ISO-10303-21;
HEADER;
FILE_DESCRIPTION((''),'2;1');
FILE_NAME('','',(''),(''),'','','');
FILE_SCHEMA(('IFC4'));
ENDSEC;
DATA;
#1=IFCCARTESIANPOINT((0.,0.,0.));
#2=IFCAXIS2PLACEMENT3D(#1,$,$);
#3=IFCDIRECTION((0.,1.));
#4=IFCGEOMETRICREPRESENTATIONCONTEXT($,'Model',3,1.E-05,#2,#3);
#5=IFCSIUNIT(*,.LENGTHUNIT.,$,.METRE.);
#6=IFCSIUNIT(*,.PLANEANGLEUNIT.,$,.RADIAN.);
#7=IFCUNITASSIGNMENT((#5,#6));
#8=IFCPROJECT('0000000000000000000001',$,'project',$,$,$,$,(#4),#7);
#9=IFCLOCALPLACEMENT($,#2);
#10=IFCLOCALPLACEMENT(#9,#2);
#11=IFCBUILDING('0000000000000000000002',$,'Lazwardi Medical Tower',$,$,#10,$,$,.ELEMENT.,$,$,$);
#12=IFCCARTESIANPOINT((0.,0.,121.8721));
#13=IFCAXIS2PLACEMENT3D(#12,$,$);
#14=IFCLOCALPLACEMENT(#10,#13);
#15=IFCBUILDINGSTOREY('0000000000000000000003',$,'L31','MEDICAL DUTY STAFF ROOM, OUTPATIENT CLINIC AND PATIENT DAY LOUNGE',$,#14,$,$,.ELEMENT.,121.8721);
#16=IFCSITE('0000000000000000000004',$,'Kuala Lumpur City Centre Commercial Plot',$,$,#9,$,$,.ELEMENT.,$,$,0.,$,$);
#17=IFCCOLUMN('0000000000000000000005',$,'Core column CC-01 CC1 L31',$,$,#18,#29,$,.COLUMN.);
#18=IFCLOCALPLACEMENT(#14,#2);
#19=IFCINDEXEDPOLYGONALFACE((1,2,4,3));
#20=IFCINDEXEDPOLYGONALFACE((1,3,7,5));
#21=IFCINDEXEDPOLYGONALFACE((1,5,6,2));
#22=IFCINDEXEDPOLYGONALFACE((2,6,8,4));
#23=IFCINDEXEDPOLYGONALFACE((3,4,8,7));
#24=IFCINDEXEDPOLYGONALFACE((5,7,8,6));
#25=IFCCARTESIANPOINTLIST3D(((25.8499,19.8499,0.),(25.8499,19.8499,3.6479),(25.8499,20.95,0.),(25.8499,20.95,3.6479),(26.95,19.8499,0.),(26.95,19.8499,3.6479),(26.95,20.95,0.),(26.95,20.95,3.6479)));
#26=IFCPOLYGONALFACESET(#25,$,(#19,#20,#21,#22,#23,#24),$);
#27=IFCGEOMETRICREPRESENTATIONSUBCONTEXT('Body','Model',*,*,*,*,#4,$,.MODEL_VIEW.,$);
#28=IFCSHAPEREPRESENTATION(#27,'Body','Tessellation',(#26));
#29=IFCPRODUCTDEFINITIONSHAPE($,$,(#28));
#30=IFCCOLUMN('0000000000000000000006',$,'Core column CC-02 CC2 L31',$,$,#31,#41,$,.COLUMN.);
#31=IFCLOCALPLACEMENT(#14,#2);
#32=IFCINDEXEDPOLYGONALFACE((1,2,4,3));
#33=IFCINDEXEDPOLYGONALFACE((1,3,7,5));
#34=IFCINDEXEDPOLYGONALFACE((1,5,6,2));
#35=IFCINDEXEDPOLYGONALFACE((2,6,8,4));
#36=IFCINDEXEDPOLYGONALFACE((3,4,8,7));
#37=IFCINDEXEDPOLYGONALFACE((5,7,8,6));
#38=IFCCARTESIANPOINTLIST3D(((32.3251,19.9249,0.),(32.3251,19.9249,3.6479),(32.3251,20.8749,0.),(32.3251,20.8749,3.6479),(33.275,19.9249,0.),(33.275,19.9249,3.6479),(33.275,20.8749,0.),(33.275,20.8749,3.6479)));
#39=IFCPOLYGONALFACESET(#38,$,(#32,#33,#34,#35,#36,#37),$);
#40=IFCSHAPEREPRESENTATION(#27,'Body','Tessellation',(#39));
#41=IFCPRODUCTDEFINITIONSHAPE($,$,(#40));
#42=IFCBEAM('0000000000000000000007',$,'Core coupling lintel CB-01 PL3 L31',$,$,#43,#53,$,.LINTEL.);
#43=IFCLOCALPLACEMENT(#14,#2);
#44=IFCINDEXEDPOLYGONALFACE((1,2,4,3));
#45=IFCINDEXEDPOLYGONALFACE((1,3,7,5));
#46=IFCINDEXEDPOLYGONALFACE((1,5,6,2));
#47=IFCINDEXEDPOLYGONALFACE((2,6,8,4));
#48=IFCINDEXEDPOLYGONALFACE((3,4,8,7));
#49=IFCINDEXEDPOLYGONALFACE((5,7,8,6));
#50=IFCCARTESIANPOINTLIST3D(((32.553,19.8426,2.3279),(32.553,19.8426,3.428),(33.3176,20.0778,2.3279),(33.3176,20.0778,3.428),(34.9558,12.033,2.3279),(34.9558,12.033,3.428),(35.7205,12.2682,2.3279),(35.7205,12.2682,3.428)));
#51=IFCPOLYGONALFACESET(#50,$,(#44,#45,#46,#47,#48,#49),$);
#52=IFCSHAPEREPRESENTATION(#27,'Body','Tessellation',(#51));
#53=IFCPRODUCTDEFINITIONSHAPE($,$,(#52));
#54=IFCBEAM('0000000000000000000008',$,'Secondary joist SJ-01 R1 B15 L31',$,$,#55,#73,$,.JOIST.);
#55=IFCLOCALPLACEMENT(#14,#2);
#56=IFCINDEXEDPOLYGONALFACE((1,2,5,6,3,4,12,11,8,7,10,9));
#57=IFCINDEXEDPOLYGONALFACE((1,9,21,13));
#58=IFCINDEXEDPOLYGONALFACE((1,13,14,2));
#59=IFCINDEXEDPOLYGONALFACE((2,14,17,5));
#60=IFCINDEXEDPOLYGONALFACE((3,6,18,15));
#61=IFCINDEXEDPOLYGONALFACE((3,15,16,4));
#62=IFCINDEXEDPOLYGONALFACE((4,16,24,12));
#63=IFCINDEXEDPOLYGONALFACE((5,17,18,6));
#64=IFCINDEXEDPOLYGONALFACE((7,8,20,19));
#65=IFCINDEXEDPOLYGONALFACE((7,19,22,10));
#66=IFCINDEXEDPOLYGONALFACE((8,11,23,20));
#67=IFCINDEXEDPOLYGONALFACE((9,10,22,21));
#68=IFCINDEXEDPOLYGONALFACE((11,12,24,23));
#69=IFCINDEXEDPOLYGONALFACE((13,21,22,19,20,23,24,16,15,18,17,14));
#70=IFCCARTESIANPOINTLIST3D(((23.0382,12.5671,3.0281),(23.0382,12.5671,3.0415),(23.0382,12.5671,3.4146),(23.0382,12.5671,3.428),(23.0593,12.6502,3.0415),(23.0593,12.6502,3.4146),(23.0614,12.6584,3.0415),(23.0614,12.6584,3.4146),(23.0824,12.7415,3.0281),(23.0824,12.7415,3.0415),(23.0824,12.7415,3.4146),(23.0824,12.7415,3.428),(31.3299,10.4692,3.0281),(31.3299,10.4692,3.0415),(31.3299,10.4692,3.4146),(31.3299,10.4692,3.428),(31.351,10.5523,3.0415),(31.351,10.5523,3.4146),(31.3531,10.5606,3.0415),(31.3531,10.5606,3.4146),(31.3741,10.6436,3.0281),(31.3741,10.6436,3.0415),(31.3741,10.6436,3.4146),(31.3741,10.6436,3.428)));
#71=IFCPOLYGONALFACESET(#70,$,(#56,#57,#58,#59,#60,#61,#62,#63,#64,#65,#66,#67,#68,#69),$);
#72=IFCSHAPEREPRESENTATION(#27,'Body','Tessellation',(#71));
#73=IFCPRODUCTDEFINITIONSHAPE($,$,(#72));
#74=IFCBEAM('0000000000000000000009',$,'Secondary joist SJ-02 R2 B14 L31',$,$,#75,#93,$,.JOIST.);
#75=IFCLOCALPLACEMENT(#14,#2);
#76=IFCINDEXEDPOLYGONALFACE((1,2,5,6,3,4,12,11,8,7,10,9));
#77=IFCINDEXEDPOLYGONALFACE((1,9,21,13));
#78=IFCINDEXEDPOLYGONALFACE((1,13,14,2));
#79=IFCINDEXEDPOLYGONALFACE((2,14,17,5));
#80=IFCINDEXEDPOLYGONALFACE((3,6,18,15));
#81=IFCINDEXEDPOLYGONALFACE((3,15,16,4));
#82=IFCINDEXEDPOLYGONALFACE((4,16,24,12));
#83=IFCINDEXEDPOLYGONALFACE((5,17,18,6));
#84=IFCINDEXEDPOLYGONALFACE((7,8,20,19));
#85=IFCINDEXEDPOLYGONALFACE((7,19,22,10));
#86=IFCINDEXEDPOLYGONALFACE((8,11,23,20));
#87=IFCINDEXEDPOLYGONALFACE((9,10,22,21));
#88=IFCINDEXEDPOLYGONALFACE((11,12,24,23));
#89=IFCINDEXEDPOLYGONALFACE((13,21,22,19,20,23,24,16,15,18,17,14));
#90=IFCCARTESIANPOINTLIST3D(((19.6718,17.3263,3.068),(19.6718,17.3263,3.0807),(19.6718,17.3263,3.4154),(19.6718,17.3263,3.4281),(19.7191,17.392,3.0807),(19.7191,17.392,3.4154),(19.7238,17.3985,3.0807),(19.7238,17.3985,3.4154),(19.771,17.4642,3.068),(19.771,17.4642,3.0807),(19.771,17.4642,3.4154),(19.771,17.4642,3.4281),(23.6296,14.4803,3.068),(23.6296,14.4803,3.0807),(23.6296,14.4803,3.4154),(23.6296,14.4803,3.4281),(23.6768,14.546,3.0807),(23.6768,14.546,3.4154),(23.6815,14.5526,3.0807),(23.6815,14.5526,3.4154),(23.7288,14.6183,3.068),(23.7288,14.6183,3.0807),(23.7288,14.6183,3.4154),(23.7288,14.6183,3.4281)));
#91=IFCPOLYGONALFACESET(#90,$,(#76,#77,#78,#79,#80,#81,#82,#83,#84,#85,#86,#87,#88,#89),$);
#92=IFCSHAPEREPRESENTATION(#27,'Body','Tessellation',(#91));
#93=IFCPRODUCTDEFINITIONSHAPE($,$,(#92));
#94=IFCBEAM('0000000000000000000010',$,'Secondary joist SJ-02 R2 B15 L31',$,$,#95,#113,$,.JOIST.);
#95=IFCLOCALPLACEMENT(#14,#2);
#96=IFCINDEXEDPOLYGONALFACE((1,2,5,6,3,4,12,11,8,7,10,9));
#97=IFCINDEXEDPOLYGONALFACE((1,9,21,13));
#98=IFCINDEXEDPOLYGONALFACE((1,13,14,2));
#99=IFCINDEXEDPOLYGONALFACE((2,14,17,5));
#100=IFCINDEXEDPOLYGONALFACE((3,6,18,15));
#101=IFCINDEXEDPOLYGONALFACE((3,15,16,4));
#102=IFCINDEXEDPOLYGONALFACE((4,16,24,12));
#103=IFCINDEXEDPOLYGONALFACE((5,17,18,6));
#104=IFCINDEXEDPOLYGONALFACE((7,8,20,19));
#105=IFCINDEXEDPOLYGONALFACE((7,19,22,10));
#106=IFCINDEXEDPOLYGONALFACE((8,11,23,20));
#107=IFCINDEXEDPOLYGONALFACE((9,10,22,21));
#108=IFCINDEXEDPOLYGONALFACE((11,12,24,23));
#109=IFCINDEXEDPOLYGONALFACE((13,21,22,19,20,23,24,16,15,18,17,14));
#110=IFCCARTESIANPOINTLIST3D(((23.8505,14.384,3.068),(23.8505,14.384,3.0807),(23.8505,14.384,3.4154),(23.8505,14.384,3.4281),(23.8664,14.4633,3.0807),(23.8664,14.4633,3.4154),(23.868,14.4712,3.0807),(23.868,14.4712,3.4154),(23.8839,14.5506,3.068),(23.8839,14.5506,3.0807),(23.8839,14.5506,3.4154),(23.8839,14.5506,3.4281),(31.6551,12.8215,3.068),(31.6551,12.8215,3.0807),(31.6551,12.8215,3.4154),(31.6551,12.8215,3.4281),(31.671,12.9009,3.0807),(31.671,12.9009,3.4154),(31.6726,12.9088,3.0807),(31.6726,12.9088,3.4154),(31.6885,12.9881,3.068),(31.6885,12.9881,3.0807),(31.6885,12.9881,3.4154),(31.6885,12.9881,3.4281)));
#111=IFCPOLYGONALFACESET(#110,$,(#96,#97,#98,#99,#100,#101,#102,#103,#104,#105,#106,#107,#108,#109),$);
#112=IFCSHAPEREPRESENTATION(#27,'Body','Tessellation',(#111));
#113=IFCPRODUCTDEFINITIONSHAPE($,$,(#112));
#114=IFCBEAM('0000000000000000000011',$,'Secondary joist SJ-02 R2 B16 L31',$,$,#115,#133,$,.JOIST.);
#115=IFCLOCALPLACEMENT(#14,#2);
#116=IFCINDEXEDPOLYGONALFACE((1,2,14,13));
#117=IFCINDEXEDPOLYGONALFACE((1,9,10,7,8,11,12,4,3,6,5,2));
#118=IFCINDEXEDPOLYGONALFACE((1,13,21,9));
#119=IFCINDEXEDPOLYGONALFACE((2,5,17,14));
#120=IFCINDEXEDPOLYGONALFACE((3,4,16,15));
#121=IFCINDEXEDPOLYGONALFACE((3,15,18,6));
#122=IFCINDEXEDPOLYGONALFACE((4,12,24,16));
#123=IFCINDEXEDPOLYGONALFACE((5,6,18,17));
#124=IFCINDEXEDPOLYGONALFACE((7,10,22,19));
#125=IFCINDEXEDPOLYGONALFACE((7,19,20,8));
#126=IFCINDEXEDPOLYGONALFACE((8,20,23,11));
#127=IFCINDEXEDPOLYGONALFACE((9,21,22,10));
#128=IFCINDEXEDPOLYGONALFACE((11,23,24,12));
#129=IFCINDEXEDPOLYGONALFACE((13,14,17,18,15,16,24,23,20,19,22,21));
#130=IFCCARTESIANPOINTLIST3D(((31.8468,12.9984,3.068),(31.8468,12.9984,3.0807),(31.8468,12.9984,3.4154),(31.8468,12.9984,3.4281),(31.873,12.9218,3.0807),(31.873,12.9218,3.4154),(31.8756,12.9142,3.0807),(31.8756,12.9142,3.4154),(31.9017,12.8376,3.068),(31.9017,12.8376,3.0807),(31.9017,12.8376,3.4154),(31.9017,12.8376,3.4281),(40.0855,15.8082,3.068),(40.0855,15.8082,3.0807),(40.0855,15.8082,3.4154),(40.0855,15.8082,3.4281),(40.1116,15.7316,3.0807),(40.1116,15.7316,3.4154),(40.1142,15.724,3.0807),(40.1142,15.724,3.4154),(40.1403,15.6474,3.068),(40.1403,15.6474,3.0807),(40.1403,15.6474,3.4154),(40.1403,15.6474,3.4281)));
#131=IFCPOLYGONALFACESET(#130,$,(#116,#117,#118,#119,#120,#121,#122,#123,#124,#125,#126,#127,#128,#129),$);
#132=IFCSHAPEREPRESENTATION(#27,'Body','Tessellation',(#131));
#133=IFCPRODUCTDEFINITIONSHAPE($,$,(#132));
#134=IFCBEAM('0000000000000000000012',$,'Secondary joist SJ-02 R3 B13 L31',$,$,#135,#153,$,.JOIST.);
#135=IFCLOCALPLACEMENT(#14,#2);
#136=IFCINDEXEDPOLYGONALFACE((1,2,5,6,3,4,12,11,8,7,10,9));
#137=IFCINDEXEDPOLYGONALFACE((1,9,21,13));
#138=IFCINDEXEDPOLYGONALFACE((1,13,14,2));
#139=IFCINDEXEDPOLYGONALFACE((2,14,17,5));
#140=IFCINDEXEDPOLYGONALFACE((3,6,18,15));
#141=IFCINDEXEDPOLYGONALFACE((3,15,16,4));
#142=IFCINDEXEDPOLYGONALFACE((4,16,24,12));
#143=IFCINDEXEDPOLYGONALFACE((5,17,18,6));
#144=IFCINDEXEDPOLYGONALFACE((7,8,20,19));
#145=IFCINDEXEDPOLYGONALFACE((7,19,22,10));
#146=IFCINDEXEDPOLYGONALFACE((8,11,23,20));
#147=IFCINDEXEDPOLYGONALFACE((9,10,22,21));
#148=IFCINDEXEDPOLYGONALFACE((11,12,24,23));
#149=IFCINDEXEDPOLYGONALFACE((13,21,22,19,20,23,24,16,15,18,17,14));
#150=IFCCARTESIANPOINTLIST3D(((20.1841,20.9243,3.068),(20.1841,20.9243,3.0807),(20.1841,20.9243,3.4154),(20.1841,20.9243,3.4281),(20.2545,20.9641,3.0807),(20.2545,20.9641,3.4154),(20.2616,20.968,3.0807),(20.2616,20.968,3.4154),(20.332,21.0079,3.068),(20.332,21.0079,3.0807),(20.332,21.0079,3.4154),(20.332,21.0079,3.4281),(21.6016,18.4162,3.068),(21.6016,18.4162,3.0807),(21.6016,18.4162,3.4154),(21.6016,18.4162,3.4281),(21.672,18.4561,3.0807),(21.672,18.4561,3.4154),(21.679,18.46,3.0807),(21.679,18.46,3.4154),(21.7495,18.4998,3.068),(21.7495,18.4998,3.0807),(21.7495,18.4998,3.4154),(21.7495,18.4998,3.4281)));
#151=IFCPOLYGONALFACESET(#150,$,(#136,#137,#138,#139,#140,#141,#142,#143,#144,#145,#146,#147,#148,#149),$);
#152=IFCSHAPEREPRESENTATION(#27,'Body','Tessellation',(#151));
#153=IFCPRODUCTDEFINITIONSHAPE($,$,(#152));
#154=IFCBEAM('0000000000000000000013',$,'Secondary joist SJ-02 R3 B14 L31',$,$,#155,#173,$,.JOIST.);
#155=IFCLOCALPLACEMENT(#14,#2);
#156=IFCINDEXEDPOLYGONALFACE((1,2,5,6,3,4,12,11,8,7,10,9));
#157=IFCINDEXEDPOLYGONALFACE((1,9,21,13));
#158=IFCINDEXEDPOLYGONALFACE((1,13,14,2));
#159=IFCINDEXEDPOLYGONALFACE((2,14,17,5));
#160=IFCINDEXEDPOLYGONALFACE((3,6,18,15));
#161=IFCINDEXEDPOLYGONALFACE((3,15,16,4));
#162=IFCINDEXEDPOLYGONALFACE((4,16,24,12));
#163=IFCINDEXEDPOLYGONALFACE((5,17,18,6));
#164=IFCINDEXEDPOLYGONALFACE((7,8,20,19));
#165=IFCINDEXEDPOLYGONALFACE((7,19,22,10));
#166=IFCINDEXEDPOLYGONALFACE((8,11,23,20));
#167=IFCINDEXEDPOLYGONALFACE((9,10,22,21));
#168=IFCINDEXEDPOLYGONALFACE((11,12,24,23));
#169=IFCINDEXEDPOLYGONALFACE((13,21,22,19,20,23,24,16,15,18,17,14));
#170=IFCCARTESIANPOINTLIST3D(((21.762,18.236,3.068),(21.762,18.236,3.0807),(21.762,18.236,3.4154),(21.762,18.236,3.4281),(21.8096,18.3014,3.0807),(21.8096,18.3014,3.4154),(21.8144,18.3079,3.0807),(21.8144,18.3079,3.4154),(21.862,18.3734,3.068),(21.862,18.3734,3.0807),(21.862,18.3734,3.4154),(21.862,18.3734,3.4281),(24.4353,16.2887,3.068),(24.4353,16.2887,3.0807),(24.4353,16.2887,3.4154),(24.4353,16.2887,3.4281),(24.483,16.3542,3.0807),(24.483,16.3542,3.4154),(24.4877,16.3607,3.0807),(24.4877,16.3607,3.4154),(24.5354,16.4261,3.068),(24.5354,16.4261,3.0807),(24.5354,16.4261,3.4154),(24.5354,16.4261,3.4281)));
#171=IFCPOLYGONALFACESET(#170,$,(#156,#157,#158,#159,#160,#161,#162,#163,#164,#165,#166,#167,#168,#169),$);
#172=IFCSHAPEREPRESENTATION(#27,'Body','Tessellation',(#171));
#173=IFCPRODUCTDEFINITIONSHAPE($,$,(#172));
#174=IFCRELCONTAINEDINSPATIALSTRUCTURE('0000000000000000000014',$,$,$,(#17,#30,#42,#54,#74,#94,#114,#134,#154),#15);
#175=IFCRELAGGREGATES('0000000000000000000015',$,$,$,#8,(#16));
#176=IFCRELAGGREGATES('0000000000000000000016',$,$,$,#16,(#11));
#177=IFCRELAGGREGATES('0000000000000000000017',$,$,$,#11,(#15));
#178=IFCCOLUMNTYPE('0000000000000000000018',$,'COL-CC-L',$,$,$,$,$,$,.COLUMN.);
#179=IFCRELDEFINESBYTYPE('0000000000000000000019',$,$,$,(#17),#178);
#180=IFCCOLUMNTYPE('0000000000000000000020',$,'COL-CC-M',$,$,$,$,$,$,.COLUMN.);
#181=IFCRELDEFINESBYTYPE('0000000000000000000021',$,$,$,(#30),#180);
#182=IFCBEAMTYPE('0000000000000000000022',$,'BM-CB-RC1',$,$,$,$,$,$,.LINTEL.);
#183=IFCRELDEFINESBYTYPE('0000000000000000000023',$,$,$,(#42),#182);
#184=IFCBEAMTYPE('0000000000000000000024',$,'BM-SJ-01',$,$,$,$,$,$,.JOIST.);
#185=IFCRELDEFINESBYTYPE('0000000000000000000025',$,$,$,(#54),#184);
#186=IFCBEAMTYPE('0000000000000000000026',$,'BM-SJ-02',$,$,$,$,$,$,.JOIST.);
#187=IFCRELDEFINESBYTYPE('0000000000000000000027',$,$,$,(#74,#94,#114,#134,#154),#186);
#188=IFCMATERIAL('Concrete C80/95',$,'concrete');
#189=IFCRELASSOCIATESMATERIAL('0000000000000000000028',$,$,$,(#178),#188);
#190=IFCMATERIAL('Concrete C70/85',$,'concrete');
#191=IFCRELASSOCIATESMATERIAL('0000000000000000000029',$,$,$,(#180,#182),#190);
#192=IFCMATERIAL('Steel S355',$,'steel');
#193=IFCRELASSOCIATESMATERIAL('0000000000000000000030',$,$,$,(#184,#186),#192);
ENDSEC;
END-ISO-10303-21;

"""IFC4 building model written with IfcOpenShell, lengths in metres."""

from ifc_helpers import new_model, si_unit, direction, frame, origin, origin_2d, place, context, subcontext, project, spatial, rectangle, i_section, extrude, material, material_profile, profile_set, type_object, element, save


model = new_model("IFC4")

# Units and contexts
model_context = context("Model", 3, precision=1e-05, world=origin(), true_north=direction((0.0, 1.0)))
body_context = subcontext(model_context, "Body", "Model", "MODEL_VIEW")
ifc_project = project(units=[si_unit("LENGTHUNIT", "METRE"), si_unit("PLANEANGLEUNIT", "RADIAN")], contexts=[model_context])

# Site, building, storey
site_placement = place(None, origin())
site = spatial("IfcSite", under=ifc_project, at=site_placement, Name="Kuala Lumpur City Centre Commercial Plot", CompositionType="ELEMENT", RefElevation=0.0)
building_placement = place(site_placement, origin())
building = spatial("IfcBuilding", under=site, at=building_placement, Name="Lazwardi Medical Tower", CompositionType="ELEMENT")
storey_placement = place(building_placement, frame((0.0, 0.0, 121.8721)))
storey = spatial("IfcBuildingStorey", under=building, at=storey_placement, Name="L31", Description="MEDICAL DUTY STAFF ROOM, OUTPATIENT CLINIC AND PATIENT DAY LOUNGE", CompositionType="ELEMENT", Elevation=121.8721)

# Columns
ifc_material_1 = material(Name="Concrete C80/95", Category="concrete")
ifc_material_profile_1 = material_profile(ifc_material_1, rectangle(XDim=1.1001, YDim=1.1001, at=origin_2d()), Name="RC 1100x1100")
ifc_profile_set_1 = profile_set([ifc_material_profile_1], Name="Concrete C80/95")
column_type_1 = type_object("IfcColumnType", Name="COL-CC-L", PredefinedType="COLUMN", material=ifc_profile_set_1)
column_1_placement = place(storey_placement, frame((26.3999, 20.3999, 0.0), z_axis=(0.0, 0.0, 1.0), x_axis=(1.0, 0.0, 0.0)))
element("IfcColumn", 1, at=column_1_placement, inside=storey, type_object=column_type_1, Name="Core column CC-01 CC1 L31", PredefinedType="COLUMN", context=body_context, shape_type="SweptSolid", body=[
    extrude(rectangle(XDim=1.1001, YDim=1.1001, at=origin_2d()), origin(), (0.0, 0.0, 1.0), 3.6479),
])
ifc_material_2 = material(Name="Concrete C70/85", Category="concrete")
ifc_material_profile_2 = material_profile(ifc_material_2, rectangle(XDim=0.95, YDim=0.95, at=origin_2d()), Name="RC 950x950")
ifc_profile_set_2 = profile_set([ifc_material_profile_2], Name="Concrete C70/85")
column_type_2 = type_object("IfcColumnType", Name="COL-CC-M", PredefinedType="COLUMN", material=ifc_profile_set_2)
column_2_placement = place(storey_placement, frame((32.8, 20.3999, 0.0), z_axis=(0.0, 0.0, 1.0), x_axis=(1.0, 0.0, 0.0)))
element("IfcColumn", 2, at=column_2_placement, inside=storey, type_object=column_type_2, Name="Core column CC-02 CC2 L31", PredefinedType="COLUMN", context=body_context, shape_type="SweptSolid", body=[
    extrude(rectangle(XDim=0.95, YDim=0.95, at=origin_2d()), origin(), (0.0, 0.0, 1.0), 3.6479),
])

# Beams
ifc_material_profile_3 = material_profile(ifc_material_2, rectangle(XDim=0.8, YDim=1.1001, at=origin_2d()), Name="RC 800x1100")
ifc_profile_set_3 = profile_set([ifc_material_profile_3], Name="Concrete C70/85")
beam_type_1 = type_object("IfcBeamType", Name="BM-CB-RC1", PredefinedType="LINTEL", material=ifc_profile_set_3)
beam_1_placement = place(storey_placement, frame((32.9353, 19.9602, 2.8779), z_axis=(0.294073, -0.955783, 0.0), x_axis=(0.955783, 0.294073, 0.0)))
element("IfcBeam", 3, at=beam_1_placement, inside=storey, type_object=beam_type_1, Name="Core coupling lintel CB-01 PL3 L31", PredefinedType="LINTEL", context=body_context, shape_type="SweptSolid", body=[
    extrude(rectangle(XDim=0.8, YDim=1.1001, at=origin_2d()), origin(), (0.0, 0.0, 1.0), 8.1709),
])
ifc_material_3 = material(Name="Steel S355", Category="steel")
ifc_material_profile_4 = material_profile(ifc_material_3, i_section(OverallWidth=0.1799, OverallDepth=0.3999, WebThickness=0.0085, FlangeThickness=0.0134, at=origin_2d()), Name="IPE 400")
ifc_profile_set_4 = profile_set([ifc_material_profile_4], Name="Steel S355")
beam_type_2 = type_object("IfcBeamType", Name="BM-SJ-01", PredefinedType="JOIST", material=ifc_profile_set_4)
beam_2_placement = place(storey_placement, frame((23.0603, 12.6543, 3.228), z_axis=(0.969452, -0.245282, 0.0), x_axis=(0.245282, 0.969452, 0.0)))
element("IfcBeam", 4, at=beam_2_placement, inside=storey, type_object=beam_type_2, Name="Secondary joist SJ-01 R1 B15 L31", PredefinedType="JOIST", context=body_context, shape_type="SweptSolid", body=[
    extrude(i_section(OverallWidth=0.1799, OverallDepth=0.3999, WebThickness=0.0085, FlangeThickness=0.0134, at=origin_2d()), origin(), (0.0, 0.0, 1.0), 8.553),
])
ifc_material_profile_5 = material_profile(ifc_material_3, i_section(OverallWidth=0.1699, OverallDepth=0.3601, WebThickness=0.0081, FlangeThickness=0.0127, at=origin_2d()), Name="IPE 360")
ifc_profile_set_5 = profile_set([ifc_material_profile_5], Name="Steel S355")
beam_type_3 = type_object("IfcBeamType", Name="BM-SJ-02", PredefinedType="JOIST", material=ifc_profile_set_5)
beam_3_placement = place(storey_placement, frame((19.7214, 17.3953, 3.248), z_axis=(0.811889, -0.583813, 0.0), x_axis=(0.583813, 0.811889, 0.0)))
element("IfcBeam", 5, at=beam_3_placement, inside=storey, type_object=beam_type_3, Name="Secondary joist SJ-02 R2 B14 L31", PredefinedType="JOIST", context=body_context, shape_type="SweptSolid", body=[
    extrude(i_section(OverallWidth=0.1699, OverallDepth=0.3601, WebThickness=0.0081, FlangeThickness=0.0127, at=origin_2d()), origin(), (0.0, 0.0, 1.0), 4.8748),
])
beam_4_placement = place(storey_placement, frame((23.8672, 14.4673, 3.248), z_axis=(0.980543, -0.196305, 0.0), x_axis=(0.196305, 0.980543, 0.0)))
element("IfcBeam", 6, at=beam_4_placement, inside=storey, type_object=beam_type_3, Name="Secondary joist SJ-02 R2 B15 L31", PredefinedType="JOIST", context=body_context, shape_type="SweptSolid", body=[
    extrude(i_section(OverallWidth=0.1699, OverallDepth=0.3601, WebThickness=0.0081, FlangeThickness=0.0127, at=origin_2d()), origin(), (0.0, 0.0, 1.0), 7.9595),
])
beam_5_placement = place(storey_placement, frame((31.8743, 12.918, 3.248), z_axis=(0.946467, 0.3228, 0.0), x_axis=(-0.3228, 0.946467, 0.0)))
element("IfcBeam", 7, at=beam_5_placement, inside=storey, type_object=beam_type_3, Name="Secondary joist SJ-02 R2 B16 L31", PredefinedType="JOIST", context=body_context, shape_type="SweptSolid", body=[
    extrude(i_section(OverallWidth=0.1699, OverallDepth=0.3601, WebThickness=0.0081, FlangeThickness=0.0127, at=origin_2d()), origin(), (0.0, 0.0, 1.0), 8.7046),
])
beam_6_placement = place(storey_placement, frame((20.2581, 20.9661, 3.248), z_axis=(0.492027, -0.87058, 0.0), x_axis=(0.87058, 0.492027, 0.0)))
element("IfcBeam", 8, at=beam_6_placement, inside=storey, type_object=beam_type_3, Name="Secondary joist SJ-02 R3 B13 L31", PredefinedType="JOIST", context=body_context, shape_type="SweptSolid", body=[
    extrude(i_section(OverallWidth=0.1699, OverallDepth=0.3601, WebThickness=0.0081, FlangeThickness=0.0127, at=origin_2d()), origin(), (0.0, 0.0, 1.0), 2.8809),
])
beam_7_placement = place(storey_placement, frame((21.812, 18.3047, 3.248), z_axis=(0.808302, -0.588768, 0.0), x_axis=(0.588768, 0.808302, 0.0)))
element("IfcBeam", 9, at=beam_7_placement, inside=storey, type_object=beam_type_3, Name="Secondary joist SJ-02 R3 B14 L31", PredefinedType="JOIST", context=body_context, shape_type="SweptSolid", body=[
    extrude(i_section(OverallWidth=0.1699, OverallDepth=0.3601, WebThickness=0.0081, FlangeThickness=0.0127, at=origin_2d()), origin(), (0.0, 0.0, 1.0), 3.3074),
])

save(model, "model.ifc")
